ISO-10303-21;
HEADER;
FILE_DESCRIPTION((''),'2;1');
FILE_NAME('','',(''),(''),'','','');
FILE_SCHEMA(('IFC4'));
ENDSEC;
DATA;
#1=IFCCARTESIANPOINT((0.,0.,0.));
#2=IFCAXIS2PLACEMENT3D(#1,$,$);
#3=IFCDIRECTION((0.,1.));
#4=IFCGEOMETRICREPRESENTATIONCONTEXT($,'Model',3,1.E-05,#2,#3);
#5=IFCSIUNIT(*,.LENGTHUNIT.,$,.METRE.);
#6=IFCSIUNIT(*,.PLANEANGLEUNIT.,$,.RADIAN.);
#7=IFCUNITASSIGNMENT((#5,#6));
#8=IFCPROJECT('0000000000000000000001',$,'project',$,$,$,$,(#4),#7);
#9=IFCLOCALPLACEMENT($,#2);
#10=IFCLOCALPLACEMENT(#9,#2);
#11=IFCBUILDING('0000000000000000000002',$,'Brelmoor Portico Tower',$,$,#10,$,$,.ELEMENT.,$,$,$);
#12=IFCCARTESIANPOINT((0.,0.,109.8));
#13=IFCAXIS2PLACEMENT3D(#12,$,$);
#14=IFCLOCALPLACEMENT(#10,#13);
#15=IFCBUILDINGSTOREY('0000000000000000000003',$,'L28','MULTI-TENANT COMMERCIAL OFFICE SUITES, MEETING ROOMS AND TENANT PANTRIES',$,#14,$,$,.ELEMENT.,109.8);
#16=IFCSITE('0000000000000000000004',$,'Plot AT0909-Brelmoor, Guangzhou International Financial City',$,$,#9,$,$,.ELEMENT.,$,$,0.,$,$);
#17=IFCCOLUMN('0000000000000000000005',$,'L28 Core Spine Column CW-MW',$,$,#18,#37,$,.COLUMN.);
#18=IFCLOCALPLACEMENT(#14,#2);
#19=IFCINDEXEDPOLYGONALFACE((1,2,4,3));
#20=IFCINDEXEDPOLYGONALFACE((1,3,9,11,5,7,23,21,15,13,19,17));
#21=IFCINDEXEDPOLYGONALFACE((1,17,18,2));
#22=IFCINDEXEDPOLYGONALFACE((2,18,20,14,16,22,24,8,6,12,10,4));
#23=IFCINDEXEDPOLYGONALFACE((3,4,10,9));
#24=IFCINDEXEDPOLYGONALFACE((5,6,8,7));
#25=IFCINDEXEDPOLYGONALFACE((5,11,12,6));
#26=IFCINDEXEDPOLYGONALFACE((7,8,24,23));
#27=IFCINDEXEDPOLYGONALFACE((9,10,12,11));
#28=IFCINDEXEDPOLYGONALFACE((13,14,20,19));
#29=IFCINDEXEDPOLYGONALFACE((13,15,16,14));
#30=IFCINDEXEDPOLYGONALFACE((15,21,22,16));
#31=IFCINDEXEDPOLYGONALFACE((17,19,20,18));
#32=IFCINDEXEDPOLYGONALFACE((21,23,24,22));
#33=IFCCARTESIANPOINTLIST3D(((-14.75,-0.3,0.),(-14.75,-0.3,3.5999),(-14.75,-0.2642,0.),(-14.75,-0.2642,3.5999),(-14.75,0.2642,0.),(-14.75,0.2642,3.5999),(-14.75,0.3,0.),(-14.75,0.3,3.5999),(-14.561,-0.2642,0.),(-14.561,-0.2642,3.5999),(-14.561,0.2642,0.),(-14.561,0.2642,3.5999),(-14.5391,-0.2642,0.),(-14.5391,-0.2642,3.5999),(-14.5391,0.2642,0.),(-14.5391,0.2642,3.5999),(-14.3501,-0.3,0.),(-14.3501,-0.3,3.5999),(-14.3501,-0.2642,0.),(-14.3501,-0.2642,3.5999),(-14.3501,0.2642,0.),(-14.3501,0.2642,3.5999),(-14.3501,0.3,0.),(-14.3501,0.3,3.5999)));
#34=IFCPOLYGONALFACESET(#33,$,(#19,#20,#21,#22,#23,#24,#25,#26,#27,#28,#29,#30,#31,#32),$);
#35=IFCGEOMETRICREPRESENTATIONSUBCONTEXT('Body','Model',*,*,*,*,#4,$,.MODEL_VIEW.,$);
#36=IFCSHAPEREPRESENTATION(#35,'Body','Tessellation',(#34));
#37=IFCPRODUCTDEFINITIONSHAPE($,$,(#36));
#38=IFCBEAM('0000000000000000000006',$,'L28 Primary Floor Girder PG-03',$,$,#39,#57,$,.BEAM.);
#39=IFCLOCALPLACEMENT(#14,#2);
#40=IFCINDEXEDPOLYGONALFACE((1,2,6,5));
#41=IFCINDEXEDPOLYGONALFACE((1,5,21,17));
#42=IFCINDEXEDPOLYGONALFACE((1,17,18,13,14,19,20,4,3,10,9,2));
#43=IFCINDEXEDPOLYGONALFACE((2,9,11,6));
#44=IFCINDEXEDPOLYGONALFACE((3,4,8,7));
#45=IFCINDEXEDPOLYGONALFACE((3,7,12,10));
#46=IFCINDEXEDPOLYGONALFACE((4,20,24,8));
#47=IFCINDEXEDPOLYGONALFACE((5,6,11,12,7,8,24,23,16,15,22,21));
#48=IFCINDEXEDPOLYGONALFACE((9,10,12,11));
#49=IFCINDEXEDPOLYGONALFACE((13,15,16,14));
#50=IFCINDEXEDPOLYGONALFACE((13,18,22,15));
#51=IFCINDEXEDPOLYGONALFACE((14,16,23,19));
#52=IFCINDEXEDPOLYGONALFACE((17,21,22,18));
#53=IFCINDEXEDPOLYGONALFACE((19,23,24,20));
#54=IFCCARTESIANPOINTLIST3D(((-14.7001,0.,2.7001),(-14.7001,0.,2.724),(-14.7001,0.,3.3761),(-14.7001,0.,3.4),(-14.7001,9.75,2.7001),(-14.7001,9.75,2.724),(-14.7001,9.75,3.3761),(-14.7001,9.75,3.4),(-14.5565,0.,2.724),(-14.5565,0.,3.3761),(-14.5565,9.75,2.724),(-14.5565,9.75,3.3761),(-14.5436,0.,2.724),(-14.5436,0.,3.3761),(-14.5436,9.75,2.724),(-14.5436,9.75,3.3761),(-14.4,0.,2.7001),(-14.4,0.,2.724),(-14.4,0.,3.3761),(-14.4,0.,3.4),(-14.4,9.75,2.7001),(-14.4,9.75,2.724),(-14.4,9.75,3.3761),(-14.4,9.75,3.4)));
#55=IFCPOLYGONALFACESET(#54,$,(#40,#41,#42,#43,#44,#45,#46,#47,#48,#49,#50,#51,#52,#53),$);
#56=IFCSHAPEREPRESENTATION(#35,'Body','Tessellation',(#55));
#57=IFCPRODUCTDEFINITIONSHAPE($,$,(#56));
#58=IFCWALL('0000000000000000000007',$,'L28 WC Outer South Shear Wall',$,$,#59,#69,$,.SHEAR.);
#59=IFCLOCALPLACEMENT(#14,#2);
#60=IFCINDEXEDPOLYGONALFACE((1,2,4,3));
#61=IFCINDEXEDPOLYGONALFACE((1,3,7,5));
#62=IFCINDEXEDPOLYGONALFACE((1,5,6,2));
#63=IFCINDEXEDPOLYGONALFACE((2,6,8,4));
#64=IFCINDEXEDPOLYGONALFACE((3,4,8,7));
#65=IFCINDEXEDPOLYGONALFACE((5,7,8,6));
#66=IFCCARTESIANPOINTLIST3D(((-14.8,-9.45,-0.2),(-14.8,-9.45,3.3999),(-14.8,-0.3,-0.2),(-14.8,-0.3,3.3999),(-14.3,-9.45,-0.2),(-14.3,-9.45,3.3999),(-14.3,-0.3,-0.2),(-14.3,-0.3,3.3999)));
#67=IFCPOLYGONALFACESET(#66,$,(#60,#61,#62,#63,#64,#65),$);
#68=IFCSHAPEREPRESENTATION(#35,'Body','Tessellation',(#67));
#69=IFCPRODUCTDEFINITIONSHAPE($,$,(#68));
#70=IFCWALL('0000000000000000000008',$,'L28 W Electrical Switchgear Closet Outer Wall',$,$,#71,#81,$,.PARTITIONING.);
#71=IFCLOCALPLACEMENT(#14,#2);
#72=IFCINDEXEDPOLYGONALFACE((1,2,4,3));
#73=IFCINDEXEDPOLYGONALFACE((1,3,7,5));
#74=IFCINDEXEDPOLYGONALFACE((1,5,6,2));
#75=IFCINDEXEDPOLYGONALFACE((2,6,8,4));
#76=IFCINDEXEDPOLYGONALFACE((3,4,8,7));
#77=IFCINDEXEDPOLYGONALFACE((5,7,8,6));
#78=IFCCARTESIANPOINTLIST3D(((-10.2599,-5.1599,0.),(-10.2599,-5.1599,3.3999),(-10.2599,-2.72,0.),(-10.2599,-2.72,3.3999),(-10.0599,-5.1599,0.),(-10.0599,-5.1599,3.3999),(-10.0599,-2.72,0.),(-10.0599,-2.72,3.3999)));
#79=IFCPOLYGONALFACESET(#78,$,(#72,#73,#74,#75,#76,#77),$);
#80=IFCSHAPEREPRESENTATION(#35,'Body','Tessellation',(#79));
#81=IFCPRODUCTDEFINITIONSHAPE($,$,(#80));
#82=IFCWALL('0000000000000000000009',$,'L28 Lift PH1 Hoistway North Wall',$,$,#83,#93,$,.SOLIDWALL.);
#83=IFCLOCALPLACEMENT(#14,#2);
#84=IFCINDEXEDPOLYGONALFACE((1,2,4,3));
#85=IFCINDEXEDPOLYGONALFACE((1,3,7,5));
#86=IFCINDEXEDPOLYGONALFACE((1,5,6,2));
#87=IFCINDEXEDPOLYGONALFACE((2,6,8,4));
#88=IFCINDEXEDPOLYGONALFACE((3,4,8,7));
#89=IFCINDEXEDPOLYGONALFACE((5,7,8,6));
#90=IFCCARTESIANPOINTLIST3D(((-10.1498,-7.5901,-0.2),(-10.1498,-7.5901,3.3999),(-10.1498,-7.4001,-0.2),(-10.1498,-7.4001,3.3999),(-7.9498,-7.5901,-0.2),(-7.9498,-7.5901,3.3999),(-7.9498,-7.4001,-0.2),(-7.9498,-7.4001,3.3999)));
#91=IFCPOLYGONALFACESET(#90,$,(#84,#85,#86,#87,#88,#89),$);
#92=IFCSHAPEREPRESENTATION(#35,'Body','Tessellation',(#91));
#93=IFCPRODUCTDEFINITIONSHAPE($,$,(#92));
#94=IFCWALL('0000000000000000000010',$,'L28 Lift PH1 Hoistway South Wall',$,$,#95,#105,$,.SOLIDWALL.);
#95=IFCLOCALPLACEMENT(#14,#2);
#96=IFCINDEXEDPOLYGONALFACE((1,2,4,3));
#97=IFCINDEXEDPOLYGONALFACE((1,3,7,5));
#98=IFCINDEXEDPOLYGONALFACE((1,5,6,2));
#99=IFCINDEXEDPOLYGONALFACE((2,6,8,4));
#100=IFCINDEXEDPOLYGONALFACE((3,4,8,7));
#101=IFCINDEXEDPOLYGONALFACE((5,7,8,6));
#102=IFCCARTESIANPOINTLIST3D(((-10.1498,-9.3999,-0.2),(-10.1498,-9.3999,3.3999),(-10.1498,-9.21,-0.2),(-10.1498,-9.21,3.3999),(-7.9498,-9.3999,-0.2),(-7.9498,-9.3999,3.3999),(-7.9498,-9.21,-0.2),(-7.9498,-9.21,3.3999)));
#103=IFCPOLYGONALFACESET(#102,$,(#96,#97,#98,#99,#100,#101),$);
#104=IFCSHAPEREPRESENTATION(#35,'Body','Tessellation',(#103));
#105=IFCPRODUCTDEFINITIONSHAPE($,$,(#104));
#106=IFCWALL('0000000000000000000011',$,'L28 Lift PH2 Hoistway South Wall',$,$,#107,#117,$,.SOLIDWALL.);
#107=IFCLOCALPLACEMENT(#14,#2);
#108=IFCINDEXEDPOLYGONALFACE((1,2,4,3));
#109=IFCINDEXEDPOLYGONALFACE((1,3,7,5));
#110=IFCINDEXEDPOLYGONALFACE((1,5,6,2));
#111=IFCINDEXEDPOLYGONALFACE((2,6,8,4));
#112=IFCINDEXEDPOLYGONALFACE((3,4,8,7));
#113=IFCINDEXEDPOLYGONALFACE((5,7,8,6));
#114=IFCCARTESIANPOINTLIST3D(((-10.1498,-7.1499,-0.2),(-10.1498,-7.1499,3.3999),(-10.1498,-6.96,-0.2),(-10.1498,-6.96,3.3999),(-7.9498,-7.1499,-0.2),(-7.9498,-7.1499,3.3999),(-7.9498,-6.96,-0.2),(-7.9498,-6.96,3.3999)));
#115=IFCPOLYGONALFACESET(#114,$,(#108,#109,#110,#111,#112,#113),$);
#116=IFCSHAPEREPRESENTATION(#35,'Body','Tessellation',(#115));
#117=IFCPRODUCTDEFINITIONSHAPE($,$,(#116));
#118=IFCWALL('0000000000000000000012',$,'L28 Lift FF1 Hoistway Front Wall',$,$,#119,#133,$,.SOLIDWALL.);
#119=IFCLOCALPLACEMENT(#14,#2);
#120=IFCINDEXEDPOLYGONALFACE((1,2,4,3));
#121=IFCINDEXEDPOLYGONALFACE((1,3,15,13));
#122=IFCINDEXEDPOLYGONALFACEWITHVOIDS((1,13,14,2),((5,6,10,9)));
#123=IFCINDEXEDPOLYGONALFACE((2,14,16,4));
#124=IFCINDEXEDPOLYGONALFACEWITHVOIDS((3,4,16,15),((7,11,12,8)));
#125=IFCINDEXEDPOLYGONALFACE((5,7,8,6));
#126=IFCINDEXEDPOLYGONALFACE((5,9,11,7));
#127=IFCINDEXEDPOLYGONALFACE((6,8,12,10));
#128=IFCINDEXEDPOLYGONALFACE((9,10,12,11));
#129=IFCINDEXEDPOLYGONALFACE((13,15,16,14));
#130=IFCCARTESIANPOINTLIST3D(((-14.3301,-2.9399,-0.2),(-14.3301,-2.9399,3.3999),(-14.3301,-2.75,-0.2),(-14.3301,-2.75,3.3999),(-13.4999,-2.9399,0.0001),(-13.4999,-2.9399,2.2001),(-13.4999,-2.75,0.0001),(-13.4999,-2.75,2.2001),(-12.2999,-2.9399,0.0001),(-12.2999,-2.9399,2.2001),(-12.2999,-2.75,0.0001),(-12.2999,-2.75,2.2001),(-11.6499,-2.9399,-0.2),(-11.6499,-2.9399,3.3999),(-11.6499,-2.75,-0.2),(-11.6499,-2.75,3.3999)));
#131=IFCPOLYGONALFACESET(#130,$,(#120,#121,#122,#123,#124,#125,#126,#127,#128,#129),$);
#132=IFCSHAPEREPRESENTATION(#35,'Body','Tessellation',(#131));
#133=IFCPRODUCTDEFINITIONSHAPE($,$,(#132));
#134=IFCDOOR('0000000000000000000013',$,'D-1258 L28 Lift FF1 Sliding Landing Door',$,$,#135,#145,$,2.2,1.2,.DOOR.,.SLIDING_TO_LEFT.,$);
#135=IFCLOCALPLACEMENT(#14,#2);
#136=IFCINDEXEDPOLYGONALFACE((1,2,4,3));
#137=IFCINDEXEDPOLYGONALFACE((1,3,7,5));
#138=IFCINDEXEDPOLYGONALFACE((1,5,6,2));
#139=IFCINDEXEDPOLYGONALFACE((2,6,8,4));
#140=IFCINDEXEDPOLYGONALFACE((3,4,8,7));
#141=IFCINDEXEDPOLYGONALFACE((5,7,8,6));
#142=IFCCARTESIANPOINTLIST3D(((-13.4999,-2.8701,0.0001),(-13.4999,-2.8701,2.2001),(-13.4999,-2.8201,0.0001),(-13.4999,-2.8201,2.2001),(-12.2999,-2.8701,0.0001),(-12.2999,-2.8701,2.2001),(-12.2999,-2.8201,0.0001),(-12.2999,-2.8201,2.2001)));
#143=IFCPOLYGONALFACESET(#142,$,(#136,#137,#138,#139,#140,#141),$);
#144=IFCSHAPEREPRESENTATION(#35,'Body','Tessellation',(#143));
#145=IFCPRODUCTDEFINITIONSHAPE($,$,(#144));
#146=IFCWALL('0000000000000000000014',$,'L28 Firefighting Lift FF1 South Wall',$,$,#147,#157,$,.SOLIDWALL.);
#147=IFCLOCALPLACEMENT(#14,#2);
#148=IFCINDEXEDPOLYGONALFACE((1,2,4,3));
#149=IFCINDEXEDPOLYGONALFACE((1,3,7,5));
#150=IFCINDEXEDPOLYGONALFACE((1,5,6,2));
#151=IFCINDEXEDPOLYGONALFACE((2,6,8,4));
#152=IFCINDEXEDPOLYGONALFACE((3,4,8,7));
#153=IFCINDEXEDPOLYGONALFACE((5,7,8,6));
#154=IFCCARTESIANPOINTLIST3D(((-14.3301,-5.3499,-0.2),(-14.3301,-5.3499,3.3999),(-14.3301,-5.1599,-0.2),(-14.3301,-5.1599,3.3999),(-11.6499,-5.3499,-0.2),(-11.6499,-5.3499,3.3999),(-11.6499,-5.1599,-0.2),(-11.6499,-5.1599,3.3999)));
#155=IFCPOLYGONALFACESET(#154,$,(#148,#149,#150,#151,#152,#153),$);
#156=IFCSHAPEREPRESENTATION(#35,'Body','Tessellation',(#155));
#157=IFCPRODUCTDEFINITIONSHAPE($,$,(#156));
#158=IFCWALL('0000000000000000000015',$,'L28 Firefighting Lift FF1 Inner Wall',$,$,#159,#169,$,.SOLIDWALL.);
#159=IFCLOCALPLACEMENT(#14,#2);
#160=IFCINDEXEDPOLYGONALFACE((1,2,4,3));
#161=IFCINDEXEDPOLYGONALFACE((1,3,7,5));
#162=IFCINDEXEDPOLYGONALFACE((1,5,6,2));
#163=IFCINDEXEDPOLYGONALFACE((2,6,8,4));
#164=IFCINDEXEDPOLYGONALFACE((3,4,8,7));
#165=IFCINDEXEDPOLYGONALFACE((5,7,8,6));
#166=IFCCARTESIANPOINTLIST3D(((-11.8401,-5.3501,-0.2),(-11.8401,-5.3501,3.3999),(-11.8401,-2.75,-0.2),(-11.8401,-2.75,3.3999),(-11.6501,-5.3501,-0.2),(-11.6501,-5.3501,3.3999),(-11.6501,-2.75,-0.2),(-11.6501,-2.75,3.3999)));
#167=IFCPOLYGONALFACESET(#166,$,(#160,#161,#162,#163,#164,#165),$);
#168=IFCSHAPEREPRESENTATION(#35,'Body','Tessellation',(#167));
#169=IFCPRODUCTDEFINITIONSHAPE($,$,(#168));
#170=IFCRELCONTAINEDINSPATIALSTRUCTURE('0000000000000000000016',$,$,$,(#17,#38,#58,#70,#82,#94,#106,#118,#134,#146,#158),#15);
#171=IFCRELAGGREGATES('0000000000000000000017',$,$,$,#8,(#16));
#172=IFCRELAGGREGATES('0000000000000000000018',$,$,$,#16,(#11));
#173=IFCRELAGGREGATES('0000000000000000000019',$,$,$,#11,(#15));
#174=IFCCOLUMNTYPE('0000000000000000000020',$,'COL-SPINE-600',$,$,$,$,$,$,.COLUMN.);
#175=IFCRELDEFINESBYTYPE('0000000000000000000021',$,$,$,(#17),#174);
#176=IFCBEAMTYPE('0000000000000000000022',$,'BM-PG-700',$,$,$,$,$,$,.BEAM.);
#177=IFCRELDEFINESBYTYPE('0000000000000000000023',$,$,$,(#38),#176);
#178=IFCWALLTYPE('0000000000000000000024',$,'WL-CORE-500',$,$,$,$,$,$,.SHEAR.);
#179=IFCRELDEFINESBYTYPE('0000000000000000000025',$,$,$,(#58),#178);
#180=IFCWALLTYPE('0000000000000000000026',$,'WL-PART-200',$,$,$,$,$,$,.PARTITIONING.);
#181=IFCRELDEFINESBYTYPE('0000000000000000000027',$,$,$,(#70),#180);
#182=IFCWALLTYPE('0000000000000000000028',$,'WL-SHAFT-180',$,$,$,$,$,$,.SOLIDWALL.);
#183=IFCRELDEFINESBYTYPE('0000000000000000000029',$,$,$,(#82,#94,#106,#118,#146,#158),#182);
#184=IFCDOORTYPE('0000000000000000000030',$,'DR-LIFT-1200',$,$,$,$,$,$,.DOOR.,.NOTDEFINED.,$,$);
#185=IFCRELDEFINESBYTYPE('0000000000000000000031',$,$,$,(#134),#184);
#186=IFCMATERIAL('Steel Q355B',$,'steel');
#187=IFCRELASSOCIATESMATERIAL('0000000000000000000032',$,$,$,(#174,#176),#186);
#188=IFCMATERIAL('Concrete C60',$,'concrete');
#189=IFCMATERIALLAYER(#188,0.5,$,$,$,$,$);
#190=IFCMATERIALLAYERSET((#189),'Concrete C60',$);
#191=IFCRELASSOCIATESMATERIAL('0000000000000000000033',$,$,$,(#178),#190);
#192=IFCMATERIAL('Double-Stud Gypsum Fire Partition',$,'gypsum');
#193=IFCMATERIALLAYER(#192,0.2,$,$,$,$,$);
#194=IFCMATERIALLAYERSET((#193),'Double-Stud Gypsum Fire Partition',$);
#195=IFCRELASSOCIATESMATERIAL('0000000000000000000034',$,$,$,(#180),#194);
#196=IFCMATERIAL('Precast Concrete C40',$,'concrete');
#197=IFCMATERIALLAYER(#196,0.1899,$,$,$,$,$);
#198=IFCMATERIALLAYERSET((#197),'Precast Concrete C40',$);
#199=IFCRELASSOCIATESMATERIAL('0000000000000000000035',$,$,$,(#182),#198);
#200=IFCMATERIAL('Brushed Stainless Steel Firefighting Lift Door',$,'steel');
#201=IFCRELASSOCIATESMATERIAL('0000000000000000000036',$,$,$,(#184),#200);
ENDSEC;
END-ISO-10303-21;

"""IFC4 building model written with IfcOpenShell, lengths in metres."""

from ifc_helpers import new_model, si_unit, direction, frame, frame_2d, origin, origin_2d, place, context, subcontext, project, spatial, rectangle, i_section, extrude, material, layer, layer_set, material_profile, profile_set, type_object, element, fill, save


model = new_model("IFC4")

# Units and contexts
model_context = context("Model", 3, precision=1e-05, world=origin(), true_north=direction((0.0, 1.0)))
body_context = subcontext(model_context, "Body", "Model", "MODEL_VIEW")
ifc_project = project(units=[si_unit("LENGTHUNIT", "METRE"), si_unit("PLANEANGLEUNIT", "RADIAN")], contexts=[model_context])

# Site, building, storey
site_placement = place(None, origin())
site = spatial("IfcSite", under=ifc_project, at=site_placement, Name="Plot AT0909-Brelmoor, Guangzhou International Financial City", CompositionType="ELEMENT", RefElevation=0.0)
building_placement = place(site_placement, origin())
building = spatial("IfcBuilding", under=site, at=building_placement, Name="Brelmoor Portico Tower", CompositionType="ELEMENT")
storey_placement = place(building_placement, frame((0.0, 0.0, 109.8)))
storey = spatial("IfcBuildingStorey", under=building, at=storey_placement, Name="L28", Description="MULTI-TENANT COMMERCIAL OFFICE SUITES, MEETING ROOMS AND TENANT PANTRIES", CompositionType="ELEMENT", Elevation=109.8)

# Column
ifc_material_1 = material(Name="Steel Q355B", Category="steel")
ifc_material_profile_1 = material_profile(ifc_material_1, i_section(OverallWidth=0.3999, OverallDepth=0.6001, WebThickness=0.022, FlangeThickness=0.0359, at=origin_2d()), Name="HW 600x400x22x36")
ifc_profile_set_1 = profile_set([ifc_material_profile_1], Name="Steel Q355B")
column_type = type_object("IfcColumnType", Name="COL-SPINE-600", PredefinedType="COLUMN", material=ifc_profile_set_1)
column_placement = place(storey_placement, frame((-14.55, 0.0, 0.0), z_axis=(0.0, 0.0, 1.0), x_axis=(1.0, 0.0, 0.0)))
element("IfcColumn", 1, at=column_placement, inside=storey, type_object=column_type, Name="L28 Core Spine Column CW-MW", PredefinedType="COLUMN", context=body_context, shape_type="SweptSolid", body=[
    extrude(i_section(OverallWidth=0.3999, OverallDepth=0.6001, WebThickness=0.022, FlangeThickness=0.0359, at=origin_2d()), origin(), (0.0, 0.0, 1.0), 3.5999),
])

# Beam
ifc_material_profile_2 = material_profile(ifc_material_1, i_section(OverallWidth=0.3, OverallDepth=0.7, WebThickness=0.0129, FlangeThickness=0.0239, at=origin_2d()), Name="HN 700x300x13x24")
ifc_profile_set_2 = profile_set([ifc_material_profile_2], Name="Steel Q355B")
beam_type = type_object("IfcBeamType", Name="BM-PG-700", PredefinedType="BEAM", material=ifc_profile_set_2)
beam_placement = place(storey_placement, frame((-14.55, 0.0, 3.05), z_axis=(0.0, 1.0, 0.0), x_axis=(-1.0, 0.0, 0.0)))
element("IfcBeam", 2, at=beam_placement, inside=storey, type_object=beam_type, Name="L28 Primary Floor Girder PG-03", PredefinedType="BEAM", context=body_context, shape_type="SweptSolid", body=[
    extrude(i_section(OverallWidth=0.3, OverallDepth=0.7, WebThickness=0.0129, FlangeThickness=0.0239, at=origin_2d()), origin(), (0.0, 0.0, 1.0), 9.75),
])

# Wall
ifc_material_2 = material(Name="Concrete C60", Category="concrete")
ifc_layer_1 = layer(ifc_material_2, 0.5)
ifc_layer_set_1 = layer_set([ifc_layer_1], Name="Concrete C60")
wall_type_1 = type_object("IfcWallType", Name="WL-CORE-500", PredefinedType="SHEAR", material=ifc_layer_set_1)
wall_1_placement = place(storey_placement, frame((-14.55, -9.45, -0.2), z_axis=(0.0, 0.0, 1.0), x_axis=(0.0, 1.0, 0.0)))
element("IfcWall", 3, at=wall_1_placement, inside=storey, type_object=wall_type_1, Name="L28 WC Outer South Shear Wall", PredefinedType="SHEAR", context=body_context, shape_type="SweptSolid", body=[
    extrude(rectangle(XDim=9.1499, YDim=0.5, at=frame_2d((4.575, 0.0))), origin(), (0.0, 0.0, 1.0), 3.5999),
])

# Shared definitions
ifc_material_3 = material(Name="Double-Stud Gypsum Fire Partition", Category="gypsum")
ifc_layer_2 = layer(ifc_material_3, 0.2)
ifc_layer_set_2 = layer_set([ifc_layer_2], Name="Double-Stud Gypsum Fire Partition")
wall_type_2 = type_object("IfcWallType", Name="WL-PART-200", PredefinedType="PARTITIONING", material=ifc_layer_set_2)

# Walls
wall_2_placement = place(storey_placement, frame((-10.1599, -5.1599, 0.0), z_axis=(0.0, 0.0, 1.0), x_axis=(0.0, 1.0, 0.0)))
element("IfcWall", 4, at=wall_2_placement, inside=storey, type_object=wall_type_2, Name="L28 W Electrical Switchgear Closet Outer Wall", PredefinedType="PARTITIONING", context=body_context, shape_type="SweptSolid", body=[
    extrude(rectangle(XDim=2.4399, YDim=0.2, at=frame_2d((1.22, 0.0))), origin(), (0.0, 0.0, 1.0), 3.3999),
])
ifc_material_4 = material(Name="Precast Concrete C40", Category="concrete")
ifc_layer_3 = layer(ifc_material_4, 0.1899)
ifc_layer_set_3 = layer_set([ifc_layer_3], Name="Precast Concrete C40")
wall_type_3 = type_object("IfcWallType", Name="WL-SHAFT-180", PredefinedType="SOLIDWALL", material=ifc_layer_set_3)
for number, where, z_axis, x_axis, name in (
    (5, (-10.1499, -7.4951, -0.2), (0.0, 0.0, 1.0), (1.0, 0.0, 0.0), "L28 Lift PH1 Hoistway North Wall"),
    (6, (-10.1499, -9.3049, -0.2), (0.0, 0.0, 1.0), (1.0, 0.0, 0.0), "L28 Lift PH1 Hoistway South Wall"),
    (7, (-10.1499, -7.0549, -0.2), (0.0, 0.0, 1.0), (1.0, 0.0, 0.0), "L28 Lift PH2 Hoistway South Wall"),
):
    element("IfcWall", number, at=place(storey_placement, frame(where, z_axis=z_axis, x_axis=x_axis)), inside=storey, type_object=wall_type_3, Name=name, PredefinedType="SOLIDWALL", context=body_context, shape_type="SweptSolid", body=[
        extrude(rectangle(XDim=2.2, YDim=0.1899, at=frame_2d((1.1001, 0.0))), origin(), (0.0, 0.0, 1.0), 3.5999),
    ])

# Wall, opening, door
wall_3_placement = place(storey_placement, frame((-14.3301, -2.845, -0.2), z_axis=(0.0, 0.0, 1.0), x_axis=(1.0, 0.0, 0.0)))
wall_3 = element("IfcWall", 8, at=wall_3_placement, inside=storey, type_object=wall_type_3, Name="L28 Lift FF1 Hoistway Front Wall", PredefinedType="SOLIDWALL", context=body_context, shape_type="SweptSolid", body=[
    extrude(rectangle(XDim=2.6802, YDim=0.1899, at=frame_2d((1.3401, 0.0))), origin(), (0.0, 0.0, 1.0), 3.5999),
])
opening_1_placement = place(wall_3_placement, frame((0.8301, 0.0, 0.2)))
opening_1 = element("IfcOpeningElement", 9, at=opening_1_placement, cuts=wall_3, PredefinedType="OPENING", context=body_context, shape_type="SweptSolid", body=[
    extrude(rectangle(XDim=1.2, YDim=2.2, at=frame_2d((0.6001, 1.1001))), frame((0.0, 0.105, 0.0), z_axis=(0.0, -1.0, 0.0), x_axis=(1.0, 0.0, 0.0)), (0.0, 0.0, 1.0), 0.21),
])
ifc_material_5 = material(Name="Brushed Stainless Steel Firefighting Lift Door", Category="steel")
door_type_1 = type_object("IfcDoorType", Name="DR-LIFT-1200", OperationType="NOTDEFINED", PredefinedType="DOOR", material=ifc_material_5)
door_1_placement = place(opening_1_placement, origin())
door_1 = element("IfcDoor", 10, at=door_1_placement, inside=storey, type_object=door_type_1, Name="D-1258 L28 Lift FF1 Sliding Landing Door", OperationType="SLIDING_TO_LEFT", OverallHeight=2.2, OverallWidth=1.2, PredefinedType="DOOR", context=body_context, shape_type="SweptSolid", body=[
    extrude(rectangle(XDim=1.2, YDim=2.2, at=frame_2d((0.6001, 1.1001))), frame((0.0, 0.0249, 0.0), z_axis=(0.0, -1.0, 0.0), x_axis=(1.0, 0.0, 0.0)), (0.0, 0.0, 1.0), 0.05),
])
fill(opening_1, door_1)

# Walls
wall_4_placement = place(storey_placement, frame((-14.3301, -5.2549, -0.2), z_axis=(0.0, 0.0, 1.0), x_axis=(1.0, 0.0, 0.0)))
element("IfcWall", 11, at=wall_4_placement, inside=storey, type_object=wall_type_3, Name="L28 Firefighting Lift FF1 South Wall", PredefinedType="SOLIDWALL", context=body_context, shape_type="SweptSolid", body=[
    extrude(rectangle(XDim=2.6802, YDim=0.1899, at=frame_2d((1.3401, 0.0))), origin(), (0.0, 0.0, 1.0), 3.5999),
])
wall_5_placement = place(storey_placement, frame((-11.7451, -5.3501, -0.2), z_axis=(0.0, 0.0, 1.0), x_axis=(0.0, 1.0, 0.0)))
element("IfcWall", 12, at=wall_5_placement, inside=storey, type_object=wall_type_3, Name="L28 Firefighting Lift FF1 Inner Wall", PredefinedType="SOLIDWALL", context=body_context, shape_type="SweptSolid", body=[
    extrude(rectangle(XDim=2.6001, YDim=0.1899, at=frame_2d((1.3, 0.0))), origin(), (0.0, 0.0, 1.0), 3.5999),
])

save(model, "model.ifc")
